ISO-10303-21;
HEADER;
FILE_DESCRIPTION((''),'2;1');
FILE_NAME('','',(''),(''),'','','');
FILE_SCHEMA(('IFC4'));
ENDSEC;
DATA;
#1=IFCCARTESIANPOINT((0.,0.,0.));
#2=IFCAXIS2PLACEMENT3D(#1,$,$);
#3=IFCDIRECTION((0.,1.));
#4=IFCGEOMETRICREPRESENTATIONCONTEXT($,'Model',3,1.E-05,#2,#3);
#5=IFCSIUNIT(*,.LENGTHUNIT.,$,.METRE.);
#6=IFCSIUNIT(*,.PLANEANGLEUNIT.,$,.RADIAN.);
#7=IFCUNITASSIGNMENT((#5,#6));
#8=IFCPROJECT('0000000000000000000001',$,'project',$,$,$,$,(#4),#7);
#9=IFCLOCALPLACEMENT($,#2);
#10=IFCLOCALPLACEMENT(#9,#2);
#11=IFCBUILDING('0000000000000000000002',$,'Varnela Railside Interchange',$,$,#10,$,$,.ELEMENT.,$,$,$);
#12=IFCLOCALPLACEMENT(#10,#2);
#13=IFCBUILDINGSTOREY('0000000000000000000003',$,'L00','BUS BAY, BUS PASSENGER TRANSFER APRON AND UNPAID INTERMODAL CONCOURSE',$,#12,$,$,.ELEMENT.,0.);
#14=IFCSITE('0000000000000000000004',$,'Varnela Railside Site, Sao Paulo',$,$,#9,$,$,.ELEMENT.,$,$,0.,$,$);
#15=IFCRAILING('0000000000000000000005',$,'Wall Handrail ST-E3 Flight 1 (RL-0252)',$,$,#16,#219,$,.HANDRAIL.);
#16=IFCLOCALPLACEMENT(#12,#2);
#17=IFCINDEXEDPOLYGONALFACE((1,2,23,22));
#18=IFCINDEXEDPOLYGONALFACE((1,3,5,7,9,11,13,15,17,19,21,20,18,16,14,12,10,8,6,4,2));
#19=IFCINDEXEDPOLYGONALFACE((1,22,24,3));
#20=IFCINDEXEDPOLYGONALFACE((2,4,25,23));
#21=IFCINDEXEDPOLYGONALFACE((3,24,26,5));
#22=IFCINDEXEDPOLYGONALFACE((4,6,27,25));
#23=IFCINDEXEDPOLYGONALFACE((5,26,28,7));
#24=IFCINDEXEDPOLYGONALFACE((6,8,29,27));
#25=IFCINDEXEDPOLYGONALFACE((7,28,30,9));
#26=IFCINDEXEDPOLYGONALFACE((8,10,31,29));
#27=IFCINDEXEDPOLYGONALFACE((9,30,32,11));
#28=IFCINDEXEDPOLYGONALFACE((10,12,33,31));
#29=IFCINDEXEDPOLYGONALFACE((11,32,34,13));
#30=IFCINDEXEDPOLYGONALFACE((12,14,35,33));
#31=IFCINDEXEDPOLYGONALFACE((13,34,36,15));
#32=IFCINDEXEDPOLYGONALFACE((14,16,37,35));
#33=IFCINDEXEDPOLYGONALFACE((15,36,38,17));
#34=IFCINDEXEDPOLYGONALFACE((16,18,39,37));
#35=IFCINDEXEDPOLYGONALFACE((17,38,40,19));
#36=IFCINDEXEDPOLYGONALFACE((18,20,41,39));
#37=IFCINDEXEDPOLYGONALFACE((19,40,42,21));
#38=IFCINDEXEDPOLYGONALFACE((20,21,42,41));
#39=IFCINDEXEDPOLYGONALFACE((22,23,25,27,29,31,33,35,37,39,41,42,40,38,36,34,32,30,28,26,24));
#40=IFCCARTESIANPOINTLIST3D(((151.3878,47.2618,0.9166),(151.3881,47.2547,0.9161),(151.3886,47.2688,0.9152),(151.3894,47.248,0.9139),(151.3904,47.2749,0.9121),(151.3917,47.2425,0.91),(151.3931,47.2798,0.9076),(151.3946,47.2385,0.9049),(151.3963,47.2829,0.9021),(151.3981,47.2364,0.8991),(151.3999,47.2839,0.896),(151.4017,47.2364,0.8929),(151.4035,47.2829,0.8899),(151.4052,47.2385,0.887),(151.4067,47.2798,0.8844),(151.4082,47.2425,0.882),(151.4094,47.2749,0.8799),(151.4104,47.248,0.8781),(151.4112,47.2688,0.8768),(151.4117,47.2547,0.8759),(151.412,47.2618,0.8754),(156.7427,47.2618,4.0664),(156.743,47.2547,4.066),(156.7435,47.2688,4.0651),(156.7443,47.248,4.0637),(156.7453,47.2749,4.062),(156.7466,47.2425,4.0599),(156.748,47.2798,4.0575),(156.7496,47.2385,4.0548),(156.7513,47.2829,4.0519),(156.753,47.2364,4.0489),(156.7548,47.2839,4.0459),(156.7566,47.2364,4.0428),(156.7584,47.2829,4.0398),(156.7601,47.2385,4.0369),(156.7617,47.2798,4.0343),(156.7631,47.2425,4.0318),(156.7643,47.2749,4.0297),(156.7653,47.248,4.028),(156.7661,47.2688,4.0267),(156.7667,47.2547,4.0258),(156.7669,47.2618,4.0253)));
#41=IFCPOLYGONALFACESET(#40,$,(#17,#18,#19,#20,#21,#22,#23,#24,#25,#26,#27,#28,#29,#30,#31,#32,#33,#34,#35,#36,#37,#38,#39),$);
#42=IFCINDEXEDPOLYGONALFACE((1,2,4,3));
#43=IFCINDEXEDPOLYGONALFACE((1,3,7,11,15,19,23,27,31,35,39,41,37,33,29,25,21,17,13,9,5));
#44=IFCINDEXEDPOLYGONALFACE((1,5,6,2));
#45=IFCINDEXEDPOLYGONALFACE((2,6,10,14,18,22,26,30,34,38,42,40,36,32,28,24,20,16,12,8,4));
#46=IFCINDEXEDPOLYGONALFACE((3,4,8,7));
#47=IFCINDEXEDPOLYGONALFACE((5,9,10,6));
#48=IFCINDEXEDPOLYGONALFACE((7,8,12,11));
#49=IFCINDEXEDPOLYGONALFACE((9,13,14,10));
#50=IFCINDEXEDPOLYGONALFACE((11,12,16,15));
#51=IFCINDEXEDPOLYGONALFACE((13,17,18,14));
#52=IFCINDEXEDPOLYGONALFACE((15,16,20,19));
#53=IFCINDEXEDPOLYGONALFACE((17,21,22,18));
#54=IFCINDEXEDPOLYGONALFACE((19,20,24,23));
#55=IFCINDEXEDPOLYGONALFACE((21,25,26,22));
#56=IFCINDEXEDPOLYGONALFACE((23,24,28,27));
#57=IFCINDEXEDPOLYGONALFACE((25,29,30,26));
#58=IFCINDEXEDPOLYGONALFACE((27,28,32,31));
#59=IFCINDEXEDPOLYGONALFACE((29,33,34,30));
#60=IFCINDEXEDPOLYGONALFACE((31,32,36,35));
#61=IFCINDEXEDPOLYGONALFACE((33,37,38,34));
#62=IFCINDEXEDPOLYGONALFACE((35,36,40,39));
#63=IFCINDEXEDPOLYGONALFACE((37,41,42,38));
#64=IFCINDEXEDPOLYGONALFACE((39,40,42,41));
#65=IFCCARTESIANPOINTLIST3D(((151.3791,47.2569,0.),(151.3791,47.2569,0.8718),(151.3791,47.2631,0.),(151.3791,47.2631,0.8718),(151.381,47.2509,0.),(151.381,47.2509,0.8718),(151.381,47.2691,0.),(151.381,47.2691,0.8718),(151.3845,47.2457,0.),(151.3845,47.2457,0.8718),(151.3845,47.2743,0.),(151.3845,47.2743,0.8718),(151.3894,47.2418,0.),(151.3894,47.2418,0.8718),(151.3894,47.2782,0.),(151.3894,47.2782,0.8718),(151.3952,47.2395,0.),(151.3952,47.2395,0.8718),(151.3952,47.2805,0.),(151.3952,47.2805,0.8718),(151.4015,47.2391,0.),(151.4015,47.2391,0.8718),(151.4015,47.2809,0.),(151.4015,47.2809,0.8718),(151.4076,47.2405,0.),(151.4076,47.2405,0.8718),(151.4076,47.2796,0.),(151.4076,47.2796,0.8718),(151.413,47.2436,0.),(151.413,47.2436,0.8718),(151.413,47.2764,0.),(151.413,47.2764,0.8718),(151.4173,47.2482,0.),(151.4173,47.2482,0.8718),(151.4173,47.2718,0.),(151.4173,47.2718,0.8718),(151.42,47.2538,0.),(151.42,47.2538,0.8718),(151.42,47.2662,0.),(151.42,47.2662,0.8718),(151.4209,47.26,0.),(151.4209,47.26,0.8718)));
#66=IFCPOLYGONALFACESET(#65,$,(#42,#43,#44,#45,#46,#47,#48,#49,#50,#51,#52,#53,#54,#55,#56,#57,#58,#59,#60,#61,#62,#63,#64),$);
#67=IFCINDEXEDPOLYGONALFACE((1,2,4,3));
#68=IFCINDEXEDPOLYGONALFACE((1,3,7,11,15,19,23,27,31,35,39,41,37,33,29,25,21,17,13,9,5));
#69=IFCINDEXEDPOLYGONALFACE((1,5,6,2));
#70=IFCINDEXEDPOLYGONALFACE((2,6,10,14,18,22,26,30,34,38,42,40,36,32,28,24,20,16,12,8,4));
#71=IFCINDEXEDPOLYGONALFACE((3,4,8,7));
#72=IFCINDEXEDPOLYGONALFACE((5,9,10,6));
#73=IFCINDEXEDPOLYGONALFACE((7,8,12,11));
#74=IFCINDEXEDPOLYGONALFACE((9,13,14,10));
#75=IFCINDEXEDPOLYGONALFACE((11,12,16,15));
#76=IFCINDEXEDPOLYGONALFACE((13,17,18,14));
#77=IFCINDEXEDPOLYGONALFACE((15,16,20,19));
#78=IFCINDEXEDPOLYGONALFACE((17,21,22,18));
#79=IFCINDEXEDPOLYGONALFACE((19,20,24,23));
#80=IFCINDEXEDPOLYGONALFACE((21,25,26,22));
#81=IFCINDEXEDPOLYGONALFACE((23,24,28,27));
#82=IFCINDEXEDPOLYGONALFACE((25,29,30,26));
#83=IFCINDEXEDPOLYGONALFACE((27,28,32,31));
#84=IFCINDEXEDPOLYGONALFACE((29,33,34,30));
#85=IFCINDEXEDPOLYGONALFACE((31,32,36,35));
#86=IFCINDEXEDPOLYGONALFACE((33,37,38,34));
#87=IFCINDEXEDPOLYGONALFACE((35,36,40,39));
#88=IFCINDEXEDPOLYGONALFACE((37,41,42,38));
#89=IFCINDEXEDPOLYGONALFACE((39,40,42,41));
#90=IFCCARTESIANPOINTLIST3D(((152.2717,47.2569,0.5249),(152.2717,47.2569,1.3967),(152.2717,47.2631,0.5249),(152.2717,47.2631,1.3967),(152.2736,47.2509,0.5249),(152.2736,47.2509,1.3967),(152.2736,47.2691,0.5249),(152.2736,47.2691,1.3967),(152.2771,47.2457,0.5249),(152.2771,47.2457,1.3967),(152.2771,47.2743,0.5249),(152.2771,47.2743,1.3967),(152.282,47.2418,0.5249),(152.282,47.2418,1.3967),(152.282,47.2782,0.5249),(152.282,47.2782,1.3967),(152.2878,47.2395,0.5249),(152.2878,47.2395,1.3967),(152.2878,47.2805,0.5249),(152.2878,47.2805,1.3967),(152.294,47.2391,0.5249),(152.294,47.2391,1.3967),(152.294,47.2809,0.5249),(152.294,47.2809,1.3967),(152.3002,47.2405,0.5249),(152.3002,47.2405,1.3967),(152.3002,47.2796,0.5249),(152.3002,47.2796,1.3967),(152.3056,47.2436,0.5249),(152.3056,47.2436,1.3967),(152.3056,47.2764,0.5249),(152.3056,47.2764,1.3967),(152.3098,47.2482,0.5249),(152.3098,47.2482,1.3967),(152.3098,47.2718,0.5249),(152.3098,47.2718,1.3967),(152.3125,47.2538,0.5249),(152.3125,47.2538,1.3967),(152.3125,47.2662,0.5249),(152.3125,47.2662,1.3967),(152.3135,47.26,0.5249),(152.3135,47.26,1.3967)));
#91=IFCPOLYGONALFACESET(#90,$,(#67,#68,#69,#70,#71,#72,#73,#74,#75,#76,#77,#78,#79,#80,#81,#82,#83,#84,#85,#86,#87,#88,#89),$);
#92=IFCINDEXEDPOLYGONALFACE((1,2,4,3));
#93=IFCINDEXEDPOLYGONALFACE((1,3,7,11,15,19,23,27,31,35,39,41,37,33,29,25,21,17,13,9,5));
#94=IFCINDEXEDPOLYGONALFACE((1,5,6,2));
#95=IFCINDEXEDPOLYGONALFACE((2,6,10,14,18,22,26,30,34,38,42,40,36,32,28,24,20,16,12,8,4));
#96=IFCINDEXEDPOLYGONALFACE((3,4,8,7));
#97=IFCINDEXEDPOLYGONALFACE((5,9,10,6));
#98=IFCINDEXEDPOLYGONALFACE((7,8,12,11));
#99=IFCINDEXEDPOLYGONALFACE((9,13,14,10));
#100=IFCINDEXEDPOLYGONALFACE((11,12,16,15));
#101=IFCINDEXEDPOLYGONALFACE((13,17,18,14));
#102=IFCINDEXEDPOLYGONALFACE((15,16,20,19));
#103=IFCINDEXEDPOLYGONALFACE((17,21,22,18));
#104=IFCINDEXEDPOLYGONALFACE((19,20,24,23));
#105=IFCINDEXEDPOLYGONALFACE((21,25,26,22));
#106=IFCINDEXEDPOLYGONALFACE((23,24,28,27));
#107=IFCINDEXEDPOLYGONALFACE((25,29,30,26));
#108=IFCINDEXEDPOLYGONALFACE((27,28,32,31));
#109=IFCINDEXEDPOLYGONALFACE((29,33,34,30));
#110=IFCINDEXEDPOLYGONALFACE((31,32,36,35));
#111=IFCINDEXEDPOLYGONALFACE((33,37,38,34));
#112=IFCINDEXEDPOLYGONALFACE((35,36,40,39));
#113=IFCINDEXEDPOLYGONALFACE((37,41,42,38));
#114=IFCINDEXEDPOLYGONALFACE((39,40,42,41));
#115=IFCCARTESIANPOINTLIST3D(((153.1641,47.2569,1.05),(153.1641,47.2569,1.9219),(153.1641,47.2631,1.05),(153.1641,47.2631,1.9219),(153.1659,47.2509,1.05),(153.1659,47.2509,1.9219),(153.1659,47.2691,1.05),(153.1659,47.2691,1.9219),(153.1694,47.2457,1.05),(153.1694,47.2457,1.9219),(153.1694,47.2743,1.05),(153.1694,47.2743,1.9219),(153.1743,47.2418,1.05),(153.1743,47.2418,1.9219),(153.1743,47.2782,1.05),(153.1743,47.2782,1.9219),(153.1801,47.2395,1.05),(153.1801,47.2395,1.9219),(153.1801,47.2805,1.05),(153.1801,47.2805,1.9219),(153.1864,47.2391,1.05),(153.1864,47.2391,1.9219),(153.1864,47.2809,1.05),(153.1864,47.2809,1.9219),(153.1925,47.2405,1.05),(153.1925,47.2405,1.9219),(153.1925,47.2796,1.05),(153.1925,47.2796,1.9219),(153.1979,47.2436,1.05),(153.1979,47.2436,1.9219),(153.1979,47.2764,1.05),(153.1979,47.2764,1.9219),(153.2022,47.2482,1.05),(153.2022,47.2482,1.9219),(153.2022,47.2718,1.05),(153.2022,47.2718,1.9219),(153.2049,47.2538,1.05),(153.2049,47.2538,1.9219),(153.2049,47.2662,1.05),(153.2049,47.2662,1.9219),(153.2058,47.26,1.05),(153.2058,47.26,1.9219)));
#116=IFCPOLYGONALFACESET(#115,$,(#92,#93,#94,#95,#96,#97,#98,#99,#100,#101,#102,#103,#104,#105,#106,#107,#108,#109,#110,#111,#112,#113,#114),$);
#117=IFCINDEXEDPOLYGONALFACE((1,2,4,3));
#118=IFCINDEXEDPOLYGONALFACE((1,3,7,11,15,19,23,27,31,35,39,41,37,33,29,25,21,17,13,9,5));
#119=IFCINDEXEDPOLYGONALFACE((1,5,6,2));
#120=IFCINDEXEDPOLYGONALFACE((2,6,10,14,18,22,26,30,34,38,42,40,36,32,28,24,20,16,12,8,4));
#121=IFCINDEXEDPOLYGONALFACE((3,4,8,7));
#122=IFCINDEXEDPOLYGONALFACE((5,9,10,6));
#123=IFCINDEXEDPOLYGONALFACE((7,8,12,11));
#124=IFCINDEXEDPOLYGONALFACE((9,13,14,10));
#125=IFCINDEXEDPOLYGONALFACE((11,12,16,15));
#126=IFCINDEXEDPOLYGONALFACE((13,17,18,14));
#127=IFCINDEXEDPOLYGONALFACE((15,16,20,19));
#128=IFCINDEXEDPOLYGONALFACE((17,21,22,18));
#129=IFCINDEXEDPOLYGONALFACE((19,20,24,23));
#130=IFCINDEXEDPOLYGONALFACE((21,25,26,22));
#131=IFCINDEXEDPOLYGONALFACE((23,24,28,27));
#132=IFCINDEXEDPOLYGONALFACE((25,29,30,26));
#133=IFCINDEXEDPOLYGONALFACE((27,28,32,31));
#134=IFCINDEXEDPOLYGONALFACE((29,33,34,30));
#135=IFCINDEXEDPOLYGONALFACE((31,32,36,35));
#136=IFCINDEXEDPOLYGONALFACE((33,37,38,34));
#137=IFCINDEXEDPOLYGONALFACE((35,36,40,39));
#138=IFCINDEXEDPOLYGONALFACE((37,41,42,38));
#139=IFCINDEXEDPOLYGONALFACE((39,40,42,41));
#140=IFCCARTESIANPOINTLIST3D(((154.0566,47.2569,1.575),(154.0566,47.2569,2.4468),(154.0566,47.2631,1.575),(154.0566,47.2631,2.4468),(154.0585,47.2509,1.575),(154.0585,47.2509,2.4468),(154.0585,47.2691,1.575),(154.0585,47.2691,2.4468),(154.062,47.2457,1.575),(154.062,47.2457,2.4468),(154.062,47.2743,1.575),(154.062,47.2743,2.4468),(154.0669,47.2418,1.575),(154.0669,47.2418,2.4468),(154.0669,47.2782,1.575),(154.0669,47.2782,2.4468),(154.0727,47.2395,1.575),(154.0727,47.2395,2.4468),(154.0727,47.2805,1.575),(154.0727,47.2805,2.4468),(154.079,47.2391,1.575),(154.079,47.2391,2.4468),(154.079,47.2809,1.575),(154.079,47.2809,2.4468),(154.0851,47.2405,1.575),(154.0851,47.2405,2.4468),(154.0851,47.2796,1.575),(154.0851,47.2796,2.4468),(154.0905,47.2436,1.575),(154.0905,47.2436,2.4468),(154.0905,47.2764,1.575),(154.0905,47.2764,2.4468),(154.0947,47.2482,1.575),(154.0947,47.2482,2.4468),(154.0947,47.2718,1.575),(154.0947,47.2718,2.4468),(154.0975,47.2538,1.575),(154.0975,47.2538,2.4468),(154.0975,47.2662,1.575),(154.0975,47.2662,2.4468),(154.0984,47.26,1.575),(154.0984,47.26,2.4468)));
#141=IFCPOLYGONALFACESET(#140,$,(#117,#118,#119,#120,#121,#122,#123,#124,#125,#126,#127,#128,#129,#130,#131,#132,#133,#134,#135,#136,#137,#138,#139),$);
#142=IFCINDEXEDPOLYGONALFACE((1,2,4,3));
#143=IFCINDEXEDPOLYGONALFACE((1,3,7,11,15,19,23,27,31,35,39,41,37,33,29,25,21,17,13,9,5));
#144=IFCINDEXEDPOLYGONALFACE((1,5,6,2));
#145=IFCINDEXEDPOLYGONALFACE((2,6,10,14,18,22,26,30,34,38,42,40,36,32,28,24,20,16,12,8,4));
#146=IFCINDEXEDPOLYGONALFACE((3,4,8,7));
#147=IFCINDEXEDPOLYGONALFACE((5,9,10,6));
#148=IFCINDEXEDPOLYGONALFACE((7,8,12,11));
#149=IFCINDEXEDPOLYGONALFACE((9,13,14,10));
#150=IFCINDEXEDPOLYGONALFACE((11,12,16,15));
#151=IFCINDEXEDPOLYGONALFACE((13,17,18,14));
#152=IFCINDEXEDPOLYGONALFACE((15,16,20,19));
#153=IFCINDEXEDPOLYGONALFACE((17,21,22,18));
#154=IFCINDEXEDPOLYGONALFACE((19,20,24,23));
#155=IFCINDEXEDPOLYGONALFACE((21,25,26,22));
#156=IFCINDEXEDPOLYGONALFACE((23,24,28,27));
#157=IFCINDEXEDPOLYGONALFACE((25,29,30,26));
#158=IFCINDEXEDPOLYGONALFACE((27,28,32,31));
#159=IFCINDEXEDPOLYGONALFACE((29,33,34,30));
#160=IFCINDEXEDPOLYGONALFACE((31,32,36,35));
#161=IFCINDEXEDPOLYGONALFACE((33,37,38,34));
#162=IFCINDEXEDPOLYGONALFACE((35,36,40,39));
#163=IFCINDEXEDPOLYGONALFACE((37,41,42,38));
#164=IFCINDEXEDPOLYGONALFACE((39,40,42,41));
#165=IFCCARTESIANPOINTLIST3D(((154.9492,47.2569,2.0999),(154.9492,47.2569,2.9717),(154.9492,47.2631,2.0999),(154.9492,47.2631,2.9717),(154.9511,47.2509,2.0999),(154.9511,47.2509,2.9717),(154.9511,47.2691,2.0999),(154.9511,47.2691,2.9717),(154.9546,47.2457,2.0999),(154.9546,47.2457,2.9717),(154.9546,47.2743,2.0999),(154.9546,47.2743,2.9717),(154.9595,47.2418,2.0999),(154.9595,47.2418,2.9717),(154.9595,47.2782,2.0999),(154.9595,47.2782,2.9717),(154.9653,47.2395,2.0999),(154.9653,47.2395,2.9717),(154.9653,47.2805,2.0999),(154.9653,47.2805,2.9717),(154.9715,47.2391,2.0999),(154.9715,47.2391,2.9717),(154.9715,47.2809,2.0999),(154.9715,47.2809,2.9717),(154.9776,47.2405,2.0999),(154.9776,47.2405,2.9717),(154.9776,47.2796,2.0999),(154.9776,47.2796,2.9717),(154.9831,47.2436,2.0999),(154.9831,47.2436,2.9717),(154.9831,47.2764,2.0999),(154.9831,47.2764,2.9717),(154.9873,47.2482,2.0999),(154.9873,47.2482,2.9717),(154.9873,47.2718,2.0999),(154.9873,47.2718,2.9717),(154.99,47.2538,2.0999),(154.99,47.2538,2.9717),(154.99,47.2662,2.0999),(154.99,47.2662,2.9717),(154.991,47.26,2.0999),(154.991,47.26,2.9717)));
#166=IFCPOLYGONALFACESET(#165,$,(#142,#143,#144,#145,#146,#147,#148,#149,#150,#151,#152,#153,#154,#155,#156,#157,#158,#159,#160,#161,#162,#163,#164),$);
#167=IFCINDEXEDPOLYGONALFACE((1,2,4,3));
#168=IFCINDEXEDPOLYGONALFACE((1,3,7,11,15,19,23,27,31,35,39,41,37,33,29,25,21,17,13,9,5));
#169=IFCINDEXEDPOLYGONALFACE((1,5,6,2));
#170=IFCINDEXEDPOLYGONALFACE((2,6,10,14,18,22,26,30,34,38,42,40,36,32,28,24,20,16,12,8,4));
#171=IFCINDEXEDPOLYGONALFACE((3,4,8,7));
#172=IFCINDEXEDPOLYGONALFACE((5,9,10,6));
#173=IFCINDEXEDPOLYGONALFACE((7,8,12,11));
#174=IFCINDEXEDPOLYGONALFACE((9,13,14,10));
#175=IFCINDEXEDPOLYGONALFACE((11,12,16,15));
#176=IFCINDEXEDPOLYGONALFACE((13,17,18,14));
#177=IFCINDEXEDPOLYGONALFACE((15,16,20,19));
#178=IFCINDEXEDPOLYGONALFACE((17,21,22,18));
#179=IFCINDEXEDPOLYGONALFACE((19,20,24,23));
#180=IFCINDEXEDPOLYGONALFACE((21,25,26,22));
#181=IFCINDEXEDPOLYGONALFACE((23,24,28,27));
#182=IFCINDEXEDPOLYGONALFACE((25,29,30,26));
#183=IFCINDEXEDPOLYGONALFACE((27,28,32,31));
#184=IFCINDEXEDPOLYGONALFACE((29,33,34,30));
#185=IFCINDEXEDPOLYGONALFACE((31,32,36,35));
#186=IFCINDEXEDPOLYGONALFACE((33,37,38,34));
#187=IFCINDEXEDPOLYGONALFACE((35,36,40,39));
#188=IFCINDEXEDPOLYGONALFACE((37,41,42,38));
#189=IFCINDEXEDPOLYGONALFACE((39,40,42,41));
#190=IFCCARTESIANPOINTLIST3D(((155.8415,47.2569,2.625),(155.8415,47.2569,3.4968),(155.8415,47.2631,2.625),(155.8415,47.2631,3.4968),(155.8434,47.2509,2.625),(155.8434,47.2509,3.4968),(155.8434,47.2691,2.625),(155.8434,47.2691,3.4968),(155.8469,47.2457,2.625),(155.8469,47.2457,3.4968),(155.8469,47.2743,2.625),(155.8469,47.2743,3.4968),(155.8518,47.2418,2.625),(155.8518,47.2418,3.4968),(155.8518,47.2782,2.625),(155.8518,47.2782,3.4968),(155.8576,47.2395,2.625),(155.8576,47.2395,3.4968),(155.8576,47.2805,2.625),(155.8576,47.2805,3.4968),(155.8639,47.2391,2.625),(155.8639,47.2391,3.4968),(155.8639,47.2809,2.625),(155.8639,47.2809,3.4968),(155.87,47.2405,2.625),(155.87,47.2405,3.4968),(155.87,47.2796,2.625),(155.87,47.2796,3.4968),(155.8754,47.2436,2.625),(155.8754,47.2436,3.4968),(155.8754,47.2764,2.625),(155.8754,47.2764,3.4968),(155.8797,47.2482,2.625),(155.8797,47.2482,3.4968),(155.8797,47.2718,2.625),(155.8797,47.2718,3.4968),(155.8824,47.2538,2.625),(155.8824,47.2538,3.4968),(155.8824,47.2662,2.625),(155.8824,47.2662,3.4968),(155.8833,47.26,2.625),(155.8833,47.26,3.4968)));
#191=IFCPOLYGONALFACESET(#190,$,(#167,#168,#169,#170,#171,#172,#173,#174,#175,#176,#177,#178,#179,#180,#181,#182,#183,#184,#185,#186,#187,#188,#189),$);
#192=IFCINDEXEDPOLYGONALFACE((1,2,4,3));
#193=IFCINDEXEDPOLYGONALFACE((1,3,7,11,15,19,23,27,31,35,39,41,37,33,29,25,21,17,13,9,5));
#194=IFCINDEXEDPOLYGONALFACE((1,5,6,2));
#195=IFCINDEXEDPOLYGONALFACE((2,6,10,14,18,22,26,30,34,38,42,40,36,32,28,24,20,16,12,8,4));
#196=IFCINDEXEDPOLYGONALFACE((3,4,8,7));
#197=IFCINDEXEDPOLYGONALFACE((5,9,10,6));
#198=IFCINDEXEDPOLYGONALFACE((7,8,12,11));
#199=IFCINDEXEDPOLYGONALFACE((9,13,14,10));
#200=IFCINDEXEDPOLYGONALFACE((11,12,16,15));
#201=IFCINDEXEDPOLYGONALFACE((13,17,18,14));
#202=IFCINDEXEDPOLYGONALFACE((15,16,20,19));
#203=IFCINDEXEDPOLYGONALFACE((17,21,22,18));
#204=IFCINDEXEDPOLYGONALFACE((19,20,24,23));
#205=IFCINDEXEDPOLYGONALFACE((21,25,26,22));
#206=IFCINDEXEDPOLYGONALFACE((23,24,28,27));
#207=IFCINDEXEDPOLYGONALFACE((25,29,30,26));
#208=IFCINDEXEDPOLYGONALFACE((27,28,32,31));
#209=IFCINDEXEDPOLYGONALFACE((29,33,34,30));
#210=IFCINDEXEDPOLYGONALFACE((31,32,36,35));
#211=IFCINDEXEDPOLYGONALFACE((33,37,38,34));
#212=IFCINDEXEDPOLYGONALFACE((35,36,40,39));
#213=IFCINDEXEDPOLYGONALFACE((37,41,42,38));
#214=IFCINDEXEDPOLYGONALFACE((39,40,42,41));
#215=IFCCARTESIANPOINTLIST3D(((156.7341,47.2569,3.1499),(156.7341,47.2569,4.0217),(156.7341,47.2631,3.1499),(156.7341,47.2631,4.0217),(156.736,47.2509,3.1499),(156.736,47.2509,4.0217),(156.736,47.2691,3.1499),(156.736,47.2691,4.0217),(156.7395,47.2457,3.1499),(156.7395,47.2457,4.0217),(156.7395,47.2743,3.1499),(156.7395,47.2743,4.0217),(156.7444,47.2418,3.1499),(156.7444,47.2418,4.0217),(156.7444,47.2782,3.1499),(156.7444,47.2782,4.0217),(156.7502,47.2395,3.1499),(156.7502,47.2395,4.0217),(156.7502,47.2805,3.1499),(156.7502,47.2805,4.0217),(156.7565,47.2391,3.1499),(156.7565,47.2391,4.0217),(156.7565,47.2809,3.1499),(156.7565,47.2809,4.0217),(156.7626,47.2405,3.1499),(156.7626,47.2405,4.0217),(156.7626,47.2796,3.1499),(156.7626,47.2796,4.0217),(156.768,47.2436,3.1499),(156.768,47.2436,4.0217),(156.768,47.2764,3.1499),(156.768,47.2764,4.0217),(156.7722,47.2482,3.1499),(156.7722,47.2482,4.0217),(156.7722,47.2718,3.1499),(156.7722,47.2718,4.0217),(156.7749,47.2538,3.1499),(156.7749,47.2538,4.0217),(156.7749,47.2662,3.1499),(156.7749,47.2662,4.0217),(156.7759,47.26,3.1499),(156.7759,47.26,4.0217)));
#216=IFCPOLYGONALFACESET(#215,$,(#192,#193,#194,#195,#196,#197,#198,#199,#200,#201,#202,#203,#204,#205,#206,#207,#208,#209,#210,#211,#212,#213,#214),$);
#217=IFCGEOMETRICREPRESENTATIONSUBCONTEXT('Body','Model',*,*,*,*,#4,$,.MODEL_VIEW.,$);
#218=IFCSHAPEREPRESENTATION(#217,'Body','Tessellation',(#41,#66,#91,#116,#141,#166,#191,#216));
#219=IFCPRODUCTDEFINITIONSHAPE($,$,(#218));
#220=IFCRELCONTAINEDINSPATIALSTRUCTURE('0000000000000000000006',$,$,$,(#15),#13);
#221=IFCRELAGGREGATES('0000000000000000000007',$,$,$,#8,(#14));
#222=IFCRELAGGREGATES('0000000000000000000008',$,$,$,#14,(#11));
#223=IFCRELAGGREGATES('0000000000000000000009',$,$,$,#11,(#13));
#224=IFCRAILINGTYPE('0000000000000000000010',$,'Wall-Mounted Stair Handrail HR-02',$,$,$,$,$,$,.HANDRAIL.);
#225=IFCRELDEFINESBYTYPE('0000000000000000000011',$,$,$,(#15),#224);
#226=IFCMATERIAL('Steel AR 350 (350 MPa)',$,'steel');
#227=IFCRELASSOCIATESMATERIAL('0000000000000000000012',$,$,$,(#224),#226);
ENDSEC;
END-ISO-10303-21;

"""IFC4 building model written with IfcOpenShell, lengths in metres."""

from ifc_helpers import new_model, si_unit, direction, frame, origin, origin_2d, place, context, subcontext, project, spatial, circle, extrude, material, type_object, element, save


model = new_model("IFC4")

# Units and contexts
model_context = context("Model", 3, precision=1e-05, world=origin(), true_north=direction((0.0, 1.0)))
body_context = subcontext(model_context, "Body", "Model", "MODEL_VIEW")
ifc_project = project(units=[si_unit("LENGTHUNIT", "METRE"), si_unit("PLANEANGLEUNIT", "RADIAN")], contexts=[model_context])

# Site, building, storey
site_placement = place(None, origin())
site = spatial("IfcSite", under=ifc_project, at=site_placement, Name="Varnela Railside Site, Sao Paulo", CompositionType="ELEMENT", RefElevation=0.0)
building_placement = place(site_placement, origin())
building = spatial("IfcBuilding", under=site, at=building_placement, Name="Varnela Railside Interchange", CompositionType="ELEMENT")
storey_placement = place(building_placement, origin())
storey = spatial("IfcBuildingStorey", under=building, at=storey_placement, Name="L00", Description="BUS BAY, BUS PASSENGER TRANSFER APRON AND UNPAID INTERMODAL CONCOURSE", CompositionType="ELEMENT", Elevation=0.0)

# Shared definitions
ifc_material_1 = material(Name="Steel AR 350 (350 MPa)", Category="steel")

# Railing
railing_type = type_object("IfcRailingType", Name="Wall-Mounted Stair Handrail HR-02", PredefinedType="HANDRAIL", material=ifc_material_1)
railing_placement = place(storey_placement, frame((151.3999, 47.26, 0.0)))
element("IfcRailing", 1, at=railing_placement, inside=storey, type_object=railing_type, Name="Wall Handrail ST-E3 Flight 1 (RL-0252)", PredefinedType="HANDRAIL", context=body_context, shape_type="SweptSolid", body=[
    extrude(circle(Radius=0.0239, at=origin_2d()), frame((0.0, 0.0, 0.896), z_axis=(0.86194, 0.0, 0.50701), x_axis=(0.0, 1.0, 0.0)), (0.0, 0.0, 1.0), 6.2126),
    extrude(circle(Radius=0.021, at=origin_2d()), origin(), (0.0, 0.0, 1.0), 0.8718),
    extrude(circle(Radius=0.021, at=origin_2d()), frame((0.8926, 0.0, 0.5249)), (0.0, 0.0, 1.0), 0.8718),
    extrude(circle(Radius=0.021, at=origin_2d()), frame((1.7849, 0.0, 1.05)), (0.0, 0.0, 1.0), 0.8718),
    extrude(circle(Radius=0.021, at=origin_2d()), frame((2.6775, 0.0, 1.575)), (0.0, 0.0, 1.0), 0.8718),
    extrude(circle(Radius=0.021, at=origin_2d()), frame((3.5701, 0.0, 2.0999)), (0.0, 0.0, 1.0), 0.8718),
    extrude(circle(Radius=0.021, at=origin_2d()), frame((4.4624, 0.0, 2.625)), (0.0, 0.0, 1.0), 0.8718),
    extrude(circle(Radius=0.021, at=origin_2d()), frame((5.355, 0.0, 3.1499)), (0.0, 0.0, 1.0), 0.8718),
])

save(model, "model.ifc")
